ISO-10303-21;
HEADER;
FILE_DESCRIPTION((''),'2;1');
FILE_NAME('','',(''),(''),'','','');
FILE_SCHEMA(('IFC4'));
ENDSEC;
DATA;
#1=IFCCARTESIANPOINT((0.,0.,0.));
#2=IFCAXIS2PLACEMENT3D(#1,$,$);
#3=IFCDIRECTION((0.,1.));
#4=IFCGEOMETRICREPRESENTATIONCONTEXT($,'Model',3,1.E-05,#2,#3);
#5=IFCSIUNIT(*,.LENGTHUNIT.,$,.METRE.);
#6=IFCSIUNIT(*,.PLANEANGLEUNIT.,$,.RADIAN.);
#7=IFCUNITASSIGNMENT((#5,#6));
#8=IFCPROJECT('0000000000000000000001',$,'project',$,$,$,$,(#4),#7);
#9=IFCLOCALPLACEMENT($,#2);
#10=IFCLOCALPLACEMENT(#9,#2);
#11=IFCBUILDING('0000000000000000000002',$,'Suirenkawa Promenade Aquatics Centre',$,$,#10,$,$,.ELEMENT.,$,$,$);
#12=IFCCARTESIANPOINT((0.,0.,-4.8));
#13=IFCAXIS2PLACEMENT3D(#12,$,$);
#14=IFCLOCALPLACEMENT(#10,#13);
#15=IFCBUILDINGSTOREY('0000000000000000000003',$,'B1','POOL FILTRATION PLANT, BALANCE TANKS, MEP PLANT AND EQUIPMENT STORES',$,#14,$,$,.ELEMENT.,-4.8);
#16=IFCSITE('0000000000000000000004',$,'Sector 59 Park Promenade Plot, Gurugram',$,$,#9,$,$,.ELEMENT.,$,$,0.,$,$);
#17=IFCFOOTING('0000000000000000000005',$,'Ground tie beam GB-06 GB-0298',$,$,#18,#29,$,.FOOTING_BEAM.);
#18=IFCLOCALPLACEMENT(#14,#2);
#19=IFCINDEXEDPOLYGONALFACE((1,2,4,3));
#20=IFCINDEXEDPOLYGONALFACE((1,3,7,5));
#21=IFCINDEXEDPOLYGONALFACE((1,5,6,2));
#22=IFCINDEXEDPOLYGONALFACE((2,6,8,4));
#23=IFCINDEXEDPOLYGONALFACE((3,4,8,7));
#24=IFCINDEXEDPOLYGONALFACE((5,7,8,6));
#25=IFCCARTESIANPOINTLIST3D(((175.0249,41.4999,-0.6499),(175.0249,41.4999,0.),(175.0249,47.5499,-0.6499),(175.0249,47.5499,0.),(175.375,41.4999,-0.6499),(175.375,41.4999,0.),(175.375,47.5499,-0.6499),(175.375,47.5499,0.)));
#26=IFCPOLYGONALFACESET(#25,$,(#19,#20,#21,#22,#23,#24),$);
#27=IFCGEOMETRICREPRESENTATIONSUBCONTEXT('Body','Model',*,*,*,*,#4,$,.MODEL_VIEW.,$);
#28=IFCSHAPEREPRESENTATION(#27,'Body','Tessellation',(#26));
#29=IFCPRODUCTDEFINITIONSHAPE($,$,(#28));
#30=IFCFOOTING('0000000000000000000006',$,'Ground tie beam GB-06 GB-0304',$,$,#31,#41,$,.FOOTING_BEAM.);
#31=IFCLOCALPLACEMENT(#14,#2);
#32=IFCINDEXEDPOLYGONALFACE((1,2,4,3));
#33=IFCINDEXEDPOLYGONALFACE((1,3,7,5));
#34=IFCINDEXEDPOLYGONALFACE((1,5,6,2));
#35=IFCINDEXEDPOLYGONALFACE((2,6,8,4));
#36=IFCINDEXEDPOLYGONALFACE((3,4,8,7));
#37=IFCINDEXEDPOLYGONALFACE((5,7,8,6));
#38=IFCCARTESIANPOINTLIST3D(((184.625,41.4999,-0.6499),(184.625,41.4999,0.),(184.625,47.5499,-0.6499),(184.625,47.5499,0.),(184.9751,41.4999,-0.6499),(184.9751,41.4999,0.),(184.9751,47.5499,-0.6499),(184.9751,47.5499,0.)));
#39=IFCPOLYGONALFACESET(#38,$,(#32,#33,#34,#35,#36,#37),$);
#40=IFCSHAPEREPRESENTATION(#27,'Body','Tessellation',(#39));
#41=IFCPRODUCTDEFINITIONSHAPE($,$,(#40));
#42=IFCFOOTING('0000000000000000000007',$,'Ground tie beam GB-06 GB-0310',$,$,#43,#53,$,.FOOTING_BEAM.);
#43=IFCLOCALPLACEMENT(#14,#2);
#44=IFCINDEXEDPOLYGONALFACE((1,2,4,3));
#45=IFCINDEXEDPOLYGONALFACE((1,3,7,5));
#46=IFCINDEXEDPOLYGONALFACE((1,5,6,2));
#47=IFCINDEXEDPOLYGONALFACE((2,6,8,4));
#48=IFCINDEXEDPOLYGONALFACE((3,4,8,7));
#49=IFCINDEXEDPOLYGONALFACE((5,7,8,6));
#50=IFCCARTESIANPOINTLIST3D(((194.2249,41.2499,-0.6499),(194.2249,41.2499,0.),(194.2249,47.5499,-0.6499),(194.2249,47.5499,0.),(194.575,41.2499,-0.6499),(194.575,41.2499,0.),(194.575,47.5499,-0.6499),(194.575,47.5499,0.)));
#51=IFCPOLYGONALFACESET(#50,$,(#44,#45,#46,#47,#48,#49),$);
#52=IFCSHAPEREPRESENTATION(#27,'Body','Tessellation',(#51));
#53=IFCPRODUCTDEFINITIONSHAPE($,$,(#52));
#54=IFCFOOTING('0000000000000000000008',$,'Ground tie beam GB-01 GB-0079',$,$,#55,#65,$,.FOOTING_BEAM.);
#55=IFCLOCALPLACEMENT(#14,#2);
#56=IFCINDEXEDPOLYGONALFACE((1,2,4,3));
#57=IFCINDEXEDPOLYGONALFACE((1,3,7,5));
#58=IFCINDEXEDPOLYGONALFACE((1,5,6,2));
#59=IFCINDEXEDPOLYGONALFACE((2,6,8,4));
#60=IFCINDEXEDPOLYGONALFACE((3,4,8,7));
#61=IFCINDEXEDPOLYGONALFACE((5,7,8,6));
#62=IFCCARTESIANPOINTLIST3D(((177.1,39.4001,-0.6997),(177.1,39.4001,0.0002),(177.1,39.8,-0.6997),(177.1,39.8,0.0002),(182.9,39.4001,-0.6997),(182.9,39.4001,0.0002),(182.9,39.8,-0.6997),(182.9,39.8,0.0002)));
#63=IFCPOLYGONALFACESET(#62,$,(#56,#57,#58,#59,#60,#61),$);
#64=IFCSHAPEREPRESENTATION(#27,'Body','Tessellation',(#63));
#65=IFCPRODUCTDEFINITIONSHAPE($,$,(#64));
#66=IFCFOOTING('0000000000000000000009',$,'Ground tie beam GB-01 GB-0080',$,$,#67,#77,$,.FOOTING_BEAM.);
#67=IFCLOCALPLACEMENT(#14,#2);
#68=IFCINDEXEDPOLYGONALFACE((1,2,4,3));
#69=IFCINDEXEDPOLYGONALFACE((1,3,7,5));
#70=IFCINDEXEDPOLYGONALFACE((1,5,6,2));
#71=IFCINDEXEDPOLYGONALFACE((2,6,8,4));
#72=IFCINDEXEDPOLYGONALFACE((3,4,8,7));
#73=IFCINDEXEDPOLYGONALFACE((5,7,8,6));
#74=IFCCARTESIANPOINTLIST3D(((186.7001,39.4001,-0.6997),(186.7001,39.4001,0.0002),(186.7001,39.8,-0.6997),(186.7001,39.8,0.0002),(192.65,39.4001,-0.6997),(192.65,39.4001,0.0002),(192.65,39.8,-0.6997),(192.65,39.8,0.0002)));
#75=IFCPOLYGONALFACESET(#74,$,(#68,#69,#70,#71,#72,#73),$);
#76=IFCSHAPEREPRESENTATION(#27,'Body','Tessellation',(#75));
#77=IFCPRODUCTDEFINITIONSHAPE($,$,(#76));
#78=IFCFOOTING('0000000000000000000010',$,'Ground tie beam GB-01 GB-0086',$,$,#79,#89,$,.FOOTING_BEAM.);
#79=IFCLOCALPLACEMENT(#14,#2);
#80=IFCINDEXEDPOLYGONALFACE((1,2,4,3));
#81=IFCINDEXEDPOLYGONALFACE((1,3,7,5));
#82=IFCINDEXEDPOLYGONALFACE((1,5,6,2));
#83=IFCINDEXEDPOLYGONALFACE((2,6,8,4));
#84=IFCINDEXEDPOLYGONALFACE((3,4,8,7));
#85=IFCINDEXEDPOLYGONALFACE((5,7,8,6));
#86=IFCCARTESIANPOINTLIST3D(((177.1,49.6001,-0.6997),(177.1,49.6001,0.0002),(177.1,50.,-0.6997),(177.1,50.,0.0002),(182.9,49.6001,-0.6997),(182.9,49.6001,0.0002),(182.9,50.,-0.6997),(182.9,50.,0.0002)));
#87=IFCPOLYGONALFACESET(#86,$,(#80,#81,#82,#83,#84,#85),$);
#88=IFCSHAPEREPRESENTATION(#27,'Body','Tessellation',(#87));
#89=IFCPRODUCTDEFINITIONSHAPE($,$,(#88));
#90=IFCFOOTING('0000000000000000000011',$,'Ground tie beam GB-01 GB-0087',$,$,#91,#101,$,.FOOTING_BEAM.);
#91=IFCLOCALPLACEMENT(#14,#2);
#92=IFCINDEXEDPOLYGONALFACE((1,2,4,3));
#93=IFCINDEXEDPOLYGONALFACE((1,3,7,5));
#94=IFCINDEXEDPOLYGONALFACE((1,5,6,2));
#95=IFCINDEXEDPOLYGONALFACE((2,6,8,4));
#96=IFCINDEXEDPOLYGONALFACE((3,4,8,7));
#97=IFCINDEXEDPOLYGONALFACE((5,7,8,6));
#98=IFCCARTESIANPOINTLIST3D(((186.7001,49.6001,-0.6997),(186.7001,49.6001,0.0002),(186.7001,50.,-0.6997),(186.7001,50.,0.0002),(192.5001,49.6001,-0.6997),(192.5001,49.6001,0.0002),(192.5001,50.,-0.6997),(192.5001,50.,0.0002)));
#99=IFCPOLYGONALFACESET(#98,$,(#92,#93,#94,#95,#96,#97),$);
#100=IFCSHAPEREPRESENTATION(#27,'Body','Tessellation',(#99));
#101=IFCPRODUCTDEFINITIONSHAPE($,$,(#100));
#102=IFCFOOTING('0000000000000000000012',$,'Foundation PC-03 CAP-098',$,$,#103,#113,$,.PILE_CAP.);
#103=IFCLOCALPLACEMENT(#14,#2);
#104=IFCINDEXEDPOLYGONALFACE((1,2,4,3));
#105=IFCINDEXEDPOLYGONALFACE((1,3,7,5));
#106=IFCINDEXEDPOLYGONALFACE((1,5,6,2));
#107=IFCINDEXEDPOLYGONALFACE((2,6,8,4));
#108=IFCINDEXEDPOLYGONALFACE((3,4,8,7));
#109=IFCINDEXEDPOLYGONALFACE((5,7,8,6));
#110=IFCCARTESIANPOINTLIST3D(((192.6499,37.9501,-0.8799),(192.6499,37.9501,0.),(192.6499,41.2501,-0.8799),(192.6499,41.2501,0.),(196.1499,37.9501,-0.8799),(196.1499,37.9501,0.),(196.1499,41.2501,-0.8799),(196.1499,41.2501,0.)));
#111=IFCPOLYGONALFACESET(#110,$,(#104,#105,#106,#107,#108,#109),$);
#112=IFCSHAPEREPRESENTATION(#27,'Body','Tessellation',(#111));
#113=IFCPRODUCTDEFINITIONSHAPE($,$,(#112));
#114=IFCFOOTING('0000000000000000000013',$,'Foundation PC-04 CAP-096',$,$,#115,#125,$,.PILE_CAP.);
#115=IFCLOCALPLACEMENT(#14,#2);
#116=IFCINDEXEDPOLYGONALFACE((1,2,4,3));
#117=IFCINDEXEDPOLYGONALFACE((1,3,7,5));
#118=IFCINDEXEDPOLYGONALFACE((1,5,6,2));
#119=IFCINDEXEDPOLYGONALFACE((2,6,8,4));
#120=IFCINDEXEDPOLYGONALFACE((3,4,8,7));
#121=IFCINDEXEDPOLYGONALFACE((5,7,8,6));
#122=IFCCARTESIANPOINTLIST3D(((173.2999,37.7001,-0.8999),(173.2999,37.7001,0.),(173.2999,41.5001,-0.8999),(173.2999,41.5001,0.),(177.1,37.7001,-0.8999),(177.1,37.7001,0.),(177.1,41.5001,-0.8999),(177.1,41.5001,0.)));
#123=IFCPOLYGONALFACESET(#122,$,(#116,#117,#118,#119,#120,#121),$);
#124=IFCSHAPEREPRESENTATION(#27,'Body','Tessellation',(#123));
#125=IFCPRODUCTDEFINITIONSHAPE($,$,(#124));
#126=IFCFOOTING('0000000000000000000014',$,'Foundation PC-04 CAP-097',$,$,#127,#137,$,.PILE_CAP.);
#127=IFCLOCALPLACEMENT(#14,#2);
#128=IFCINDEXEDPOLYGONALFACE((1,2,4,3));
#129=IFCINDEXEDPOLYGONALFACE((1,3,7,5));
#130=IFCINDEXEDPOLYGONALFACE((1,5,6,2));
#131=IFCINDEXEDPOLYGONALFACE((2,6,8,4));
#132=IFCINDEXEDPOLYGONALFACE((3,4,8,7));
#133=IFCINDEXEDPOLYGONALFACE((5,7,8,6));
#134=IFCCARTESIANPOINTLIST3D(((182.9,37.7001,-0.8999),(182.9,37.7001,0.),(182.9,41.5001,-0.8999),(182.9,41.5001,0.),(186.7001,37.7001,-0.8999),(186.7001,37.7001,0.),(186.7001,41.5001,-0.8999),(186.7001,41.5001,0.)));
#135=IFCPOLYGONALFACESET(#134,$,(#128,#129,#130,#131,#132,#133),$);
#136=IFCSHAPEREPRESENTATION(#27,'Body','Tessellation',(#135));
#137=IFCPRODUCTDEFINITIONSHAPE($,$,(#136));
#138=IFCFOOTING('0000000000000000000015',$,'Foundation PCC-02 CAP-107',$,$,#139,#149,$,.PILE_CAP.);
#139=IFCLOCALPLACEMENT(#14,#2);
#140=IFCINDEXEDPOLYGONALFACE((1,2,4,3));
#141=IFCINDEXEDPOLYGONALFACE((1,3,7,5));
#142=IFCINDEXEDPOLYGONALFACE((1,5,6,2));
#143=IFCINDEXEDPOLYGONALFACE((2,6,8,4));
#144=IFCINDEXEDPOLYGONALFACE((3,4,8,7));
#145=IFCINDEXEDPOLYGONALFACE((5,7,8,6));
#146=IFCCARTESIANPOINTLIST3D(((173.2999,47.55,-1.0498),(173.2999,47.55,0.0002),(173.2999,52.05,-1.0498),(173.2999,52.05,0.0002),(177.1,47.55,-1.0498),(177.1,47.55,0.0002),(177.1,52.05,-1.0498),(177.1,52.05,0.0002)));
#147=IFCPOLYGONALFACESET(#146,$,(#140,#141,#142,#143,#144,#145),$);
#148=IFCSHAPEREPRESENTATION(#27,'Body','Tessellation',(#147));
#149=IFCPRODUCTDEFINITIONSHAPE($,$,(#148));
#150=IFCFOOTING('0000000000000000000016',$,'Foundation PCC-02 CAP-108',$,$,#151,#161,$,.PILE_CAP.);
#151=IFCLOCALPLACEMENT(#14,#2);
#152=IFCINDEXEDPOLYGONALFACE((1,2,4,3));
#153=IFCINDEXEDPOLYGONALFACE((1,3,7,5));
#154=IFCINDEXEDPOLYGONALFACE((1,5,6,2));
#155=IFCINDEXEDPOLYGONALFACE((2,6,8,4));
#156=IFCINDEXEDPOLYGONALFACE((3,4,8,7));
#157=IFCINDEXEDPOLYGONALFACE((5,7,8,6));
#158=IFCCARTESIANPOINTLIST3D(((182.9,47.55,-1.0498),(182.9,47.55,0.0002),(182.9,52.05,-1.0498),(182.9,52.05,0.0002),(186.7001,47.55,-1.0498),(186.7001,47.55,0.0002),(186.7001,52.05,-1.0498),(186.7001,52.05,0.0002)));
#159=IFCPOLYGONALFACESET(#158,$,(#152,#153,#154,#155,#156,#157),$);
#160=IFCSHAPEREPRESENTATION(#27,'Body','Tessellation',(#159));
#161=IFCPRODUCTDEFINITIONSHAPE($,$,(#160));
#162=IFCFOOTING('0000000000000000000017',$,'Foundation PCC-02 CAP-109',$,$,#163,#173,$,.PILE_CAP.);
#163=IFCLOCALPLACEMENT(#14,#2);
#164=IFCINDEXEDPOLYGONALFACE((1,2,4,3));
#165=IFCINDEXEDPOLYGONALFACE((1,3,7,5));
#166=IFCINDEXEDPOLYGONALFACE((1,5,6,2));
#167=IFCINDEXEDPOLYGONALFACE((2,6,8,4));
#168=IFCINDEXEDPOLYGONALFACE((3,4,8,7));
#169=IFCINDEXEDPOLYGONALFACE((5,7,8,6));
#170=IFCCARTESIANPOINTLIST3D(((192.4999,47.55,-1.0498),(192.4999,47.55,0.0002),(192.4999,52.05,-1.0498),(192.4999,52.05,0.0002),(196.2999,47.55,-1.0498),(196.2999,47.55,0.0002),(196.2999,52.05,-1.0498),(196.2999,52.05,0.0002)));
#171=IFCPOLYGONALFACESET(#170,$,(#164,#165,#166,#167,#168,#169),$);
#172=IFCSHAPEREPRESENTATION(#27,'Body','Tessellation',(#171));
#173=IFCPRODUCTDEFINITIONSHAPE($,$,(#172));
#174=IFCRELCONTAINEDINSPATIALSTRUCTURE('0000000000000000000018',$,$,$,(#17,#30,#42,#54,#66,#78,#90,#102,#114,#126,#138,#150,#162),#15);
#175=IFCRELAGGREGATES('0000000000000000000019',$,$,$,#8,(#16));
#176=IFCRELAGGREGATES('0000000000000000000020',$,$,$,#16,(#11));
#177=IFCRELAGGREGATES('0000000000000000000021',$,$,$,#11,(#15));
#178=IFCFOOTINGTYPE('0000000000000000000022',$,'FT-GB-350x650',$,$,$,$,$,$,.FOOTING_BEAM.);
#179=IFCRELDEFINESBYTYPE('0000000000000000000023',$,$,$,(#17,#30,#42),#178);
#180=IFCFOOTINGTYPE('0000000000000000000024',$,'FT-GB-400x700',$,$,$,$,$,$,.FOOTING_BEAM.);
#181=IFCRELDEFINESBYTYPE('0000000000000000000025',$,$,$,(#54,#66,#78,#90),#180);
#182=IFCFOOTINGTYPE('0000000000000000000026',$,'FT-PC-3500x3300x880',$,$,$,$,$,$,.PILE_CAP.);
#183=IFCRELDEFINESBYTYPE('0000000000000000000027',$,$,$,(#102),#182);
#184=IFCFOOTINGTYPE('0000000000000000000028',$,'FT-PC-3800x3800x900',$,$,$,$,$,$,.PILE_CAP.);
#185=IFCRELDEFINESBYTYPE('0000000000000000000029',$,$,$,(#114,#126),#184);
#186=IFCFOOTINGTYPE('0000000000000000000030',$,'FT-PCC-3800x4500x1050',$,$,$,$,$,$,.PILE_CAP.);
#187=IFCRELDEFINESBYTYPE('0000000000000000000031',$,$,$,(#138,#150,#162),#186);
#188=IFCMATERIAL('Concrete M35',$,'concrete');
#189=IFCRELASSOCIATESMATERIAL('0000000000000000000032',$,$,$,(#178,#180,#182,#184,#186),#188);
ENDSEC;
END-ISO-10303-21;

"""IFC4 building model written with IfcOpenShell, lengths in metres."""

from ifc_helpers import new_model, si_unit, direction, frame, origin, origin_2d, place, context, subcontext, project, spatial, rectangle, extrude, material, type_object, element, save


model = new_model("IFC4")

# Units and contexts
model_context = context("Model", 3, precision=1e-05, world=origin(), true_north=direction((0.0, 1.0)))
body_context = subcontext(model_context, "Body", "Model", "MODEL_VIEW")
ifc_project = project(units=[si_unit("LENGTHUNIT", "METRE"), si_unit("PLANEANGLEUNIT", "RADIAN")], contexts=[model_context])

# Site, building, storey
site_placement = place(None, origin())
site = spatial("IfcSite", under=ifc_project, at=site_placement, Name="Sector 59 Park Promenade Plot, Gurugram", CompositionType="ELEMENT", RefElevation=0.0)
building_placement = place(site_placement, origin())
building = spatial("IfcBuilding", under=site, at=building_placement, Name="Suirenkawa Promenade Aquatics Centre", CompositionType="ELEMENT")
storey_placement = place(building_placement, frame((0.0, 0.0, -4.8)))
storey = spatial("IfcBuildingStorey", under=building, at=storey_placement, Name="B1", Description="POOL FILTRATION PLANT, BALANCE TANKS, MEP PLANT AND EQUIPMENT STORES", CompositionType="ELEMENT", Elevation=-4.8)

# Footings
ifc_material_1 = material(Name="Concrete M35", Category="concrete")
footing_type_1 = type_object("IfcFootingType", Name="FT-GB-350x650", PredefinedType="FOOTING_BEAM", material=ifc_material_1)
for number, where, z_axis, x_axis, name in (
    (1, (175.2, 44.5249, -0.6499), (0.0, 0.0, 1.0), (0.0, 1.0, 0.0), "Ground tie beam GB-06 GB-0298"),
    (2, (184.8, 44.5249, -0.6499), (0.0, 0.0, 1.0), (0.0, 1.0, 0.0), "Ground tie beam GB-06 GB-0304"),
):
    element("IfcFooting", number, at=place(storey_placement, frame(where, z_axis=z_axis, x_axis=x_axis)), inside=storey, type_object=footing_type_1, Name=name, PredefinedType="FOOTING_BEAM", context=body_context, shape_type="SweptSolid", body=[
        extrude(rectangle(XDim=6.05, YDim=0.3501, at=origin_2d()), origin(), (0.0, 0.0, 1.0), 0.6499),
    ])
footing_1_placement = place(storey_placement, frame((194.3999, 44.3999, -0.6499), z_axis=(0.0, 0.0, 1.0), x_axis=(0.0, 1.0, 0.0)))
element("IfcFooting", 3, at=footing_1_placement, inside=storey, type_object=footing_type_1, Name="Ground tie beam GB-06 GB-0310", PredefinedType="FOOTING_BEAM", context=body_context, shape_type="SweptSolid", body=[
    extrude(rectangle(XDim=6.3, YDim=0.3501, at=origin_2d()), origin(), (0.0, 0.0, 1.0), 0.6499),
])
footing_type_2 = type_object("IfcFootingType", Name="FT-GB-400x700", PredefinedType="FOOTING_BEAM", material=ifc_material_1)
footing_2_placement = place(storey_placement, frame((180.0, 39.6001, -0.6997), z_axis=(0.0, 0.0, 1.0), x_axis=(1.0, 0.0, 0.0)))
element("IfcFooting", 4, at=footing_2_placement, inside=storey, type_object=footing_type_2, Name="Ground tie beam GB-01 GB-0079", PredefinedType="FOOTING_BEAM", context=body_context, shape_type="SweptSolid", body=[
    extrude(rectangle(XDim=5.8, YDim=0.3999, at=origin_2d()), origin(), (0.0, 0.0, 1.0), 0.7),
])
footing_3_placement = place(storey_placement, frame((189.675, 39.6001, -0.6997), z_axis=(0.0, 0.0, 1.0), x_axis=(1.0, 0.0, 0.0)))
element("IfcFooting", 5, at=footing_3_placement, inside=storey, type_object=footing_type_2, Name="Ground tie beam GB-01 GB-0080", PredefinedType="FOOTING_BEAM", context=body_context, shape_type="SweptSolid", body=[
    extrude(rectangle(XDim=5.95, YDim=0.3999, at=origin_2d()), origin(), (0.0, 0.0, 1.0), 0.7),
])
for number, where, z_axis, x_axis, name in (
    (6, (180.0, 49.8, -0.6997), (0.0, 0.0, 1.0), (1.0, 0.0, 0.0), "Ground tie beam GB-01 GB-0086"),
    (7, (189.6001, 49.8, -0.6997), (0.0, 0.0, 1.0), (1.0, 0.0, 0.0), "Ground tie beam GB-01 GB-0087"),
):
    element("IfcFooting", number, at=place(storey_placement, frame(where, z_axis=z_axis, x_axis=x_axis)), inside=storey, type_object=footing_type_2, Name=name, PredefinedType="FOOTING_BEAM", context=body_context, shape_type="SweptSolid", body=[
        extrude(rectangle(XDim=5.8, YDim=0.3999, at=origin_2d()), origin(), (0.0, 0.0, 1.0), 0.7),
    ])
footing_type_3 = type_object("IfcFootingType", Name="FT-PC-3500x3300x880", PredefinedType="PILE_CAP", material=ifc_material_1)
footing_4_placement = place(storey_placement, frame((194.3999, 39.6001, -0.8799), z_axis=(0.0, 0.0, 1.0), x_axis=(1.0, 0.0, 0.0)))
element("IfcFooting", 8, at=footing_4_placement, inside=storey, type_object=footing_type_3, Name="Foundation PC-03 CAP-098", PredefinedType="PILE_CAP", context=body_context, shape_type="SweptSolid", body=[
    extrude(rectangle(XDim=3.5, YDim=3.3, at=origin_2d()), origin(), (0.0, 0.0, 1.0), 0.8799),
])
footing_type_4 = type_object("IfcFootingType", Name="FT-PC-3800x3800x900", PredefinedType="PILE_CAP", material=ifc_material_1)
for number, where, z_axis, x_axis, name in (
    (9, (175.2, 39.6001, -0.8999), (0.0, 0.0, 1.0), (1.0, 0.0, 0.0), "Foundation PC-04 CAP-096"),
    (10, (184.8, 39.6001, -0.8999), (0.0, 0.0, 1.0), (1.0, 0.0, 0.0), "Foundation PC-04 CAP-097"),
):
    element("IfcFooting", number, at=place(storey_placement, frame(where, z_axis=z_axis, x_axis=x_axis)), inside=storey, type_object=footing_type_4, Name=name, PredefinedType="PILE_CAP", context=body_context, shape_type="SweptSolid", body=[
        extrude(rectangle(XDim=3.8, YDim=3.8, at=origin_2d()), origin(), (0.0, 0.0, 1.0), 0.8999),
    ])
footing_type_5 = type_object("IfcFootingType", Name="FT-PCC-3800x4500x1050", PredefinedType="PILE_CAP", material=ifc_material_1)
for number, where, z_axis, x_axis, name in (
    (11, (175.2, 49.8, -1.0498), (0.0, 0.0, 1.0), (1.0, 0.0, 0.0), "Foundation PCC-02 CAP-107"),
    (12, (184.8, 49.8, -1.0498), (0.0, 0.0, 1.0), (1.0, 0.0, 0.0), "Foundation PCC-02 CAP-108"),
    (13, (194.3999, 49.8, -1.0498), (0.0, 0.0, 1.0), (1.0, 0.0, 0.0), "Foundation PCC-02 CAP-109"),
):
    element("IfcFooting", number, at=place(storey_placement, frame(where, z_axis=z_axis, x_axis=x_axis)), inside=storey, type_object=footing_type_5, Name=name, PredefinedType="PILE_CAP", context=body_context, shape_type="SweptSolid", body=[
        extrude(rectangle(XDim=3.8, YDim=4.5, at=origin_2d()), origin(), (0.0, 0.0, 1.0), 1.05),
    ])

save(model, "model.ifc")
